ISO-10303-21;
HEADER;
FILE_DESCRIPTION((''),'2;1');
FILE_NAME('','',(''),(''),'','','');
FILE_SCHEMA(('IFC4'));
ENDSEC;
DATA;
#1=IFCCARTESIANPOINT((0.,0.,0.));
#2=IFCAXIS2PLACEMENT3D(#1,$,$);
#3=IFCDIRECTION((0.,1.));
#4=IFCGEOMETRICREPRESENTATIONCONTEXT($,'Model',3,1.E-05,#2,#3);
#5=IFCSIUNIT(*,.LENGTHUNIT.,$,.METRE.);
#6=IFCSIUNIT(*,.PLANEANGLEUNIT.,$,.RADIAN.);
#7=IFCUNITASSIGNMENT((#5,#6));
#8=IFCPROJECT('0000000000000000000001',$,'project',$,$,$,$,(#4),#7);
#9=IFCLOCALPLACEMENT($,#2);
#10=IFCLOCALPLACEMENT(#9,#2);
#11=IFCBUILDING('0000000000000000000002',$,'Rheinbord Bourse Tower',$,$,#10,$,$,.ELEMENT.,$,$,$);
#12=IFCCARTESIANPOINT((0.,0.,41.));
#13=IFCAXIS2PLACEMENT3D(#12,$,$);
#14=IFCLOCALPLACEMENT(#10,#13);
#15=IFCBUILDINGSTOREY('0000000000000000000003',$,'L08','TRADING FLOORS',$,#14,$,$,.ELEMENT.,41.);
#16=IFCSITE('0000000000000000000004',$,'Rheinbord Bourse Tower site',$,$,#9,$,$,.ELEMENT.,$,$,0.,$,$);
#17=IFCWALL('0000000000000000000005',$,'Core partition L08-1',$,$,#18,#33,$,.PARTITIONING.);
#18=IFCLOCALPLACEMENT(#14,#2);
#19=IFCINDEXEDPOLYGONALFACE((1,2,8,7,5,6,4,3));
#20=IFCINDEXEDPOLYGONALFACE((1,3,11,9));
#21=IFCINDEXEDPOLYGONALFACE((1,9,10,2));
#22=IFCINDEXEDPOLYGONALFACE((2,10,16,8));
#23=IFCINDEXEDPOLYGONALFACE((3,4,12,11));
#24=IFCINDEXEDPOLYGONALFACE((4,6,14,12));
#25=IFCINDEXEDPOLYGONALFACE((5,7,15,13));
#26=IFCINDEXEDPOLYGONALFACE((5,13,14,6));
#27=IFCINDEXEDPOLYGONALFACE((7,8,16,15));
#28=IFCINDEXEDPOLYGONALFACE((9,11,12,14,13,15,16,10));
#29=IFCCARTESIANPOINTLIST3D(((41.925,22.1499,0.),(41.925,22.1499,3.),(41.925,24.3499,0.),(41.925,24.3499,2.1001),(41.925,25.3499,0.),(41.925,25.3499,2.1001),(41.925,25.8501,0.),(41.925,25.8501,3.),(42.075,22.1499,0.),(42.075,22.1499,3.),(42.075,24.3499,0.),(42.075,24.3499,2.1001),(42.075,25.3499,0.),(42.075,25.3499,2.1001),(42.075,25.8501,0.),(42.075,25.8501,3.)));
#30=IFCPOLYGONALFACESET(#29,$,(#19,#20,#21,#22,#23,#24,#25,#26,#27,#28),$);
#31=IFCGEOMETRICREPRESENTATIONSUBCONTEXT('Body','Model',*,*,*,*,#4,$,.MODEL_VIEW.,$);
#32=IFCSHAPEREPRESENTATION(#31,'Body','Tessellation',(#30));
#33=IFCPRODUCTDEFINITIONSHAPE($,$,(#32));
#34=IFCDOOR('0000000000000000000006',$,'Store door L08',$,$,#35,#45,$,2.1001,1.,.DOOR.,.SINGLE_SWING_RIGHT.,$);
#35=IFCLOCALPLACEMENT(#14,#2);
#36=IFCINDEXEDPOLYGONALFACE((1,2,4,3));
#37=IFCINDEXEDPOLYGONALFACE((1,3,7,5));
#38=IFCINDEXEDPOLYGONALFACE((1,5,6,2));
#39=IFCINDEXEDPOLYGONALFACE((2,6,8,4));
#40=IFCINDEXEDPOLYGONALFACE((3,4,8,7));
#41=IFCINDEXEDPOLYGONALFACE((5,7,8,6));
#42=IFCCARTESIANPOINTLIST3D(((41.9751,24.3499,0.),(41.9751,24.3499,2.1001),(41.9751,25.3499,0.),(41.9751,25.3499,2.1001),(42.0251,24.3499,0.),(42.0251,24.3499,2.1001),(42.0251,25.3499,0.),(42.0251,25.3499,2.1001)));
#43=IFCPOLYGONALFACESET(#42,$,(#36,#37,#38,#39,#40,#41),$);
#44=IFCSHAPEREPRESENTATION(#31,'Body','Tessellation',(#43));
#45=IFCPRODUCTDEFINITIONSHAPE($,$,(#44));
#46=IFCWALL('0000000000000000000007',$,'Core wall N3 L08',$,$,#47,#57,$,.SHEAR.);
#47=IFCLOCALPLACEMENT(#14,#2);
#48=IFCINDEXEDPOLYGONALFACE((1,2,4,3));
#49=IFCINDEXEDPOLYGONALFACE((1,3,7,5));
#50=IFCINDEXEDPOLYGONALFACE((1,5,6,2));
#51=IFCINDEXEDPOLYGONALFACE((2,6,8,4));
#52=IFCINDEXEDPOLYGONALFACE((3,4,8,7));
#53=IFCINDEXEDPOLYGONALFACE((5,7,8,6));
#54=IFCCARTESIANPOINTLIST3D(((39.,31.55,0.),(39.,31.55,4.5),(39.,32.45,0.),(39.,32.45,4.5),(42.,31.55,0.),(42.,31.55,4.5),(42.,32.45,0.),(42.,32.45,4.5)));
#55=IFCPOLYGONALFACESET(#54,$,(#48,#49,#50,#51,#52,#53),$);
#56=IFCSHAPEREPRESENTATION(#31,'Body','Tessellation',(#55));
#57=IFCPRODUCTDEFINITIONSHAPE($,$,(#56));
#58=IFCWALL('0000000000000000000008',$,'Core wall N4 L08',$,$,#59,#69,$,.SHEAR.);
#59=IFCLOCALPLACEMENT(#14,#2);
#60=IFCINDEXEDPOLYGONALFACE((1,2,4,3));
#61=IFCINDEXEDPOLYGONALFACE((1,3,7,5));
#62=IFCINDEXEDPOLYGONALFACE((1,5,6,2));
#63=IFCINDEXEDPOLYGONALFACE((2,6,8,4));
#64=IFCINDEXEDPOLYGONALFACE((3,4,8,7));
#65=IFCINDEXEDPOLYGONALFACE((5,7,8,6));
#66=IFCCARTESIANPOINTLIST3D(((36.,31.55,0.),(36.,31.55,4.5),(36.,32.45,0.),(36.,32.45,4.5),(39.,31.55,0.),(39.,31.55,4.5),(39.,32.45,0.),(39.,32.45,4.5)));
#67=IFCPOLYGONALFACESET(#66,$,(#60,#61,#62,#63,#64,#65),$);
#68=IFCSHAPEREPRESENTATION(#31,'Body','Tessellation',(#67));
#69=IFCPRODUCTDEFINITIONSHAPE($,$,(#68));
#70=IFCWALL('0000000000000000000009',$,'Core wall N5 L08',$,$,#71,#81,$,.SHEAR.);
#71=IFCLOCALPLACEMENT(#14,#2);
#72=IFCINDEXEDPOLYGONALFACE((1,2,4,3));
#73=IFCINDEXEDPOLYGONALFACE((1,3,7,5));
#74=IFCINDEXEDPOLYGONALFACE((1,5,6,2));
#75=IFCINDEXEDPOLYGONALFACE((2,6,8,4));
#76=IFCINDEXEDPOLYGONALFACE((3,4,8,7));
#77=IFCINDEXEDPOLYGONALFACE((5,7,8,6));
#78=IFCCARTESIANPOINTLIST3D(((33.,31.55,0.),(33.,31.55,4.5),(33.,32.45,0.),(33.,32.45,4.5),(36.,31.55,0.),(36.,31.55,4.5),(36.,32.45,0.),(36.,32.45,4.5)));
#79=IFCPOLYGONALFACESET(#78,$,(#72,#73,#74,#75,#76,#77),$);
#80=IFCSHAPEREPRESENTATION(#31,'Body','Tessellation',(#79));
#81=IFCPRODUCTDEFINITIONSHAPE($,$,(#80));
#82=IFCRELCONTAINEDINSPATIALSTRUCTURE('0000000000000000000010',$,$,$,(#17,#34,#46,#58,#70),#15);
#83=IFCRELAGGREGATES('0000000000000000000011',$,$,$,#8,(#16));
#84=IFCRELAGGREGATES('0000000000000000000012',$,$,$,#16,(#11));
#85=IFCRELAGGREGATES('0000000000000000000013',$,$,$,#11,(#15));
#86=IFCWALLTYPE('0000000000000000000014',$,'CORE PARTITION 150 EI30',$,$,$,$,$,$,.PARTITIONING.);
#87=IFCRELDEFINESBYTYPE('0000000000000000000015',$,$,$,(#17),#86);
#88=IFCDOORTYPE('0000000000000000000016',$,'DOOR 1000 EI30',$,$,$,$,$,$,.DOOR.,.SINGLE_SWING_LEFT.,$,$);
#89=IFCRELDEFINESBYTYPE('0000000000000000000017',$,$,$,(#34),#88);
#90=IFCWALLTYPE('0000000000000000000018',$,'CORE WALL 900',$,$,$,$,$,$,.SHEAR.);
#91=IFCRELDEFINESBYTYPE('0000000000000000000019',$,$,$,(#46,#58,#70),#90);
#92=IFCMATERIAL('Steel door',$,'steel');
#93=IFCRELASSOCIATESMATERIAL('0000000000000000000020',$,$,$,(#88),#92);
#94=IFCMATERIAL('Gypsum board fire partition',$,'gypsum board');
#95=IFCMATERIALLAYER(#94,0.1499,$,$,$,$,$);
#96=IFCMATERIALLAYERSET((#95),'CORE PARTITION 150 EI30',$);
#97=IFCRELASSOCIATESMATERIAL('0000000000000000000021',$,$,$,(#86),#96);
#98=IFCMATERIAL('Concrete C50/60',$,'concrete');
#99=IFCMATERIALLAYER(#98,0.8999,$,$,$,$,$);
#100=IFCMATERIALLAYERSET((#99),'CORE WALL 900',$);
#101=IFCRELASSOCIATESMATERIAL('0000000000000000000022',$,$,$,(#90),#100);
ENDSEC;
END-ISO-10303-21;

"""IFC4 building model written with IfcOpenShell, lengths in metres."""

from ifc_helpers import new_model, si_unit, direction, frame, frame_2d, origin, place, context, subcontext, project, spatial, rectangle, extrude, material, layer, layer_set, type_object, element, fill, save


model = new_model("IFC4")

# Units and contexts
model_context = context("Model", 3, precision=1e-05, world=origin(), true_north=direction((0.0, 1.0)))
body_context = subcontext(model_context, "Body", "Model", "MODEL_VIEW")
ifc_project = project(units=[si_unit("LENGTHUNIT", "METRE"), si_unit("PLANEANGLEUNIT", "RADIAN")], contexts=[model_context])

# Site, building, storey
site_placement = place(None, origin())
site = spatial("IfcSite", under=ifc_project, at=site_placement, Name="Rheinbord Bourse Tower site", CompositionType="ELEMENT", RefElevation=0.0)
building_placement = place(site_placement, origin())
building = spatial("IfcBuilding", under=site, at=building_placement, Name="Rheinbord Bourse Tower", CompositionType="ELEMENT")
storey_placement = place(building_placement, frame((0.0, 0.0, 41.0)))
storey = spatial("IfcBuildingStorey", under=building, at=storey_placement, Name="L08", Description="TRADING FLOORS", CompositionType="ELEMENT", Elevation=41.0)

# Shared definitions
ifc_material_1 = material(Name="Steel door", Category="steel")
door_type_1 = type_object("IfcDoorType", Name="DOOR 1000 EI30", OperationType="SINGLE_SWING_LEFT", PredefinedType="DOOR", material=ifc_material_1)

# Wall, opening, door
ifc_material_2 = material(Name="Gypsum board fire partition", Category="gypsum board")
ifc_layer_1 = layer(ifc_material_2, 0.1499)
ifc_layer_set_1 = layer_set([ifc_layer_1], Name="CORE PARTITION 150 EI30")
wall_type_1 = type_object("IfcWallType", Name="CORE PARTITION 150 EI30", PredefinedType="PARTITIONING", material=ifc_layer_set_1)
wall_1_placement = place(storey_placement, frame((42.0, 22.1499, 0.0), z_axis=(0.0, 0.0, 1.0), x_axis=(0.0, 1.0, 0.0)))
wall_1 = element("IfcWall", 1, at=wall_1_placement, inside=storey, type_object=wall_type_1, Name="Core partition L08-1", PredefinedType="PARTITIONING", context=body_context, shape_type="SweptSolid", body=[
    extrude(rectangle(XDim=3.7002, YDim=0.1499, at=frame_2d((1.8501, 0.0))), origin(), (0.0, 0.0, 1.0), 3.0),
])
opening_1_placement = place(wall_1_placement, frame((2.2, 0.0, 0.0)))
opening_1 = element("IfcOpeningElement", 2, at=opening_1_placement, cuts=wall_1, PredefinedType="OPENING", context=body_context, shape_type="SweptSolid", body=[
    extrude(rectangle(XDim=1.0, YDim=2.1001, at=frame_2d((0.5, 1.05))), frame((0.0, 0.085, 0.0), z_axis=(0.0, -1.0, 0.0), x_axis=(1.0, 0.0, 0.0)), (0.0, 0.0, 1.0), 0.1699),
])
door_1_placement = place(opening_1_placement, origin())
door_1 = element("IfcDoor", 3, at=door_1_placement, inside=storey, type_object=door_type_1, Name="Store door L08", OperationType="SINGLE_SWING_RIGHT", OverallHeight=2.1001, OverallWidth=1.0, PredefinedType="DOOR", context=body_context, shape_type="SweptSolid", body=[
    extrude(rectangle(XDim=1.0, YDim=2.1001, at=frame_2d((0.5, 1.05))), frame((0.0, 0.0249, 0.0), z_axis=(0.0, -1.0, 0.0), x_axis=(1.0, 0.0, 0.0)), (0.0, 0.0, 1.0), 0.05),
])
fill(opening_1, door_1)

# Walls
ifc_material_3 = material(Name="Concrete C50/60", Category="concrete")
ifc_layer_2 = layer(ifc_material_3, 0.8999)
ifc_layer_set_2 = layer_set([ifc_layer_2], Name="CORE WALL 900")
wall_type_2 = type_object("IfcWallType", Name="CORE WALL 900", PredefinedType="SHEAR", material=ifc_layer_set_2)
for number, where, z_axis, x_axis, name in (
    (4, (42.0, 32.0, 0.0), (0.0, 0.0, 1.0), (-1.0, 0.0, 0.0), "Core wall N3 L08"),
    (5, (39.0, 32.0, 0.0), (0.0, 0.0, 1.0), (-1.0, 0.0, 0.0), "Core wall N4 L08"),
    (6, (36.0, 32.0, 0.0), (0.0, 0.0, 1.0), (-1.0, 0.0, 0.0), "Core wall N5 L08"),
):
    element("IfcWall", number, at=place(storey_placement, frame(where, z_axis=z_axis, x_axis=x_axis)), inside=storey, type_object=wall_type_2, Name=name, PredefinedType="SHEAR", context=body_context, shape_type="SweptSolid", body=[
        extrude(rectangle(XDim=3.0, YDim=0.8999, at=frame_2d((1.5, 0.0))), origin(), (0.0, 0.0, 1.0), 4.5),
    ])

save(model, "model.ifc")
